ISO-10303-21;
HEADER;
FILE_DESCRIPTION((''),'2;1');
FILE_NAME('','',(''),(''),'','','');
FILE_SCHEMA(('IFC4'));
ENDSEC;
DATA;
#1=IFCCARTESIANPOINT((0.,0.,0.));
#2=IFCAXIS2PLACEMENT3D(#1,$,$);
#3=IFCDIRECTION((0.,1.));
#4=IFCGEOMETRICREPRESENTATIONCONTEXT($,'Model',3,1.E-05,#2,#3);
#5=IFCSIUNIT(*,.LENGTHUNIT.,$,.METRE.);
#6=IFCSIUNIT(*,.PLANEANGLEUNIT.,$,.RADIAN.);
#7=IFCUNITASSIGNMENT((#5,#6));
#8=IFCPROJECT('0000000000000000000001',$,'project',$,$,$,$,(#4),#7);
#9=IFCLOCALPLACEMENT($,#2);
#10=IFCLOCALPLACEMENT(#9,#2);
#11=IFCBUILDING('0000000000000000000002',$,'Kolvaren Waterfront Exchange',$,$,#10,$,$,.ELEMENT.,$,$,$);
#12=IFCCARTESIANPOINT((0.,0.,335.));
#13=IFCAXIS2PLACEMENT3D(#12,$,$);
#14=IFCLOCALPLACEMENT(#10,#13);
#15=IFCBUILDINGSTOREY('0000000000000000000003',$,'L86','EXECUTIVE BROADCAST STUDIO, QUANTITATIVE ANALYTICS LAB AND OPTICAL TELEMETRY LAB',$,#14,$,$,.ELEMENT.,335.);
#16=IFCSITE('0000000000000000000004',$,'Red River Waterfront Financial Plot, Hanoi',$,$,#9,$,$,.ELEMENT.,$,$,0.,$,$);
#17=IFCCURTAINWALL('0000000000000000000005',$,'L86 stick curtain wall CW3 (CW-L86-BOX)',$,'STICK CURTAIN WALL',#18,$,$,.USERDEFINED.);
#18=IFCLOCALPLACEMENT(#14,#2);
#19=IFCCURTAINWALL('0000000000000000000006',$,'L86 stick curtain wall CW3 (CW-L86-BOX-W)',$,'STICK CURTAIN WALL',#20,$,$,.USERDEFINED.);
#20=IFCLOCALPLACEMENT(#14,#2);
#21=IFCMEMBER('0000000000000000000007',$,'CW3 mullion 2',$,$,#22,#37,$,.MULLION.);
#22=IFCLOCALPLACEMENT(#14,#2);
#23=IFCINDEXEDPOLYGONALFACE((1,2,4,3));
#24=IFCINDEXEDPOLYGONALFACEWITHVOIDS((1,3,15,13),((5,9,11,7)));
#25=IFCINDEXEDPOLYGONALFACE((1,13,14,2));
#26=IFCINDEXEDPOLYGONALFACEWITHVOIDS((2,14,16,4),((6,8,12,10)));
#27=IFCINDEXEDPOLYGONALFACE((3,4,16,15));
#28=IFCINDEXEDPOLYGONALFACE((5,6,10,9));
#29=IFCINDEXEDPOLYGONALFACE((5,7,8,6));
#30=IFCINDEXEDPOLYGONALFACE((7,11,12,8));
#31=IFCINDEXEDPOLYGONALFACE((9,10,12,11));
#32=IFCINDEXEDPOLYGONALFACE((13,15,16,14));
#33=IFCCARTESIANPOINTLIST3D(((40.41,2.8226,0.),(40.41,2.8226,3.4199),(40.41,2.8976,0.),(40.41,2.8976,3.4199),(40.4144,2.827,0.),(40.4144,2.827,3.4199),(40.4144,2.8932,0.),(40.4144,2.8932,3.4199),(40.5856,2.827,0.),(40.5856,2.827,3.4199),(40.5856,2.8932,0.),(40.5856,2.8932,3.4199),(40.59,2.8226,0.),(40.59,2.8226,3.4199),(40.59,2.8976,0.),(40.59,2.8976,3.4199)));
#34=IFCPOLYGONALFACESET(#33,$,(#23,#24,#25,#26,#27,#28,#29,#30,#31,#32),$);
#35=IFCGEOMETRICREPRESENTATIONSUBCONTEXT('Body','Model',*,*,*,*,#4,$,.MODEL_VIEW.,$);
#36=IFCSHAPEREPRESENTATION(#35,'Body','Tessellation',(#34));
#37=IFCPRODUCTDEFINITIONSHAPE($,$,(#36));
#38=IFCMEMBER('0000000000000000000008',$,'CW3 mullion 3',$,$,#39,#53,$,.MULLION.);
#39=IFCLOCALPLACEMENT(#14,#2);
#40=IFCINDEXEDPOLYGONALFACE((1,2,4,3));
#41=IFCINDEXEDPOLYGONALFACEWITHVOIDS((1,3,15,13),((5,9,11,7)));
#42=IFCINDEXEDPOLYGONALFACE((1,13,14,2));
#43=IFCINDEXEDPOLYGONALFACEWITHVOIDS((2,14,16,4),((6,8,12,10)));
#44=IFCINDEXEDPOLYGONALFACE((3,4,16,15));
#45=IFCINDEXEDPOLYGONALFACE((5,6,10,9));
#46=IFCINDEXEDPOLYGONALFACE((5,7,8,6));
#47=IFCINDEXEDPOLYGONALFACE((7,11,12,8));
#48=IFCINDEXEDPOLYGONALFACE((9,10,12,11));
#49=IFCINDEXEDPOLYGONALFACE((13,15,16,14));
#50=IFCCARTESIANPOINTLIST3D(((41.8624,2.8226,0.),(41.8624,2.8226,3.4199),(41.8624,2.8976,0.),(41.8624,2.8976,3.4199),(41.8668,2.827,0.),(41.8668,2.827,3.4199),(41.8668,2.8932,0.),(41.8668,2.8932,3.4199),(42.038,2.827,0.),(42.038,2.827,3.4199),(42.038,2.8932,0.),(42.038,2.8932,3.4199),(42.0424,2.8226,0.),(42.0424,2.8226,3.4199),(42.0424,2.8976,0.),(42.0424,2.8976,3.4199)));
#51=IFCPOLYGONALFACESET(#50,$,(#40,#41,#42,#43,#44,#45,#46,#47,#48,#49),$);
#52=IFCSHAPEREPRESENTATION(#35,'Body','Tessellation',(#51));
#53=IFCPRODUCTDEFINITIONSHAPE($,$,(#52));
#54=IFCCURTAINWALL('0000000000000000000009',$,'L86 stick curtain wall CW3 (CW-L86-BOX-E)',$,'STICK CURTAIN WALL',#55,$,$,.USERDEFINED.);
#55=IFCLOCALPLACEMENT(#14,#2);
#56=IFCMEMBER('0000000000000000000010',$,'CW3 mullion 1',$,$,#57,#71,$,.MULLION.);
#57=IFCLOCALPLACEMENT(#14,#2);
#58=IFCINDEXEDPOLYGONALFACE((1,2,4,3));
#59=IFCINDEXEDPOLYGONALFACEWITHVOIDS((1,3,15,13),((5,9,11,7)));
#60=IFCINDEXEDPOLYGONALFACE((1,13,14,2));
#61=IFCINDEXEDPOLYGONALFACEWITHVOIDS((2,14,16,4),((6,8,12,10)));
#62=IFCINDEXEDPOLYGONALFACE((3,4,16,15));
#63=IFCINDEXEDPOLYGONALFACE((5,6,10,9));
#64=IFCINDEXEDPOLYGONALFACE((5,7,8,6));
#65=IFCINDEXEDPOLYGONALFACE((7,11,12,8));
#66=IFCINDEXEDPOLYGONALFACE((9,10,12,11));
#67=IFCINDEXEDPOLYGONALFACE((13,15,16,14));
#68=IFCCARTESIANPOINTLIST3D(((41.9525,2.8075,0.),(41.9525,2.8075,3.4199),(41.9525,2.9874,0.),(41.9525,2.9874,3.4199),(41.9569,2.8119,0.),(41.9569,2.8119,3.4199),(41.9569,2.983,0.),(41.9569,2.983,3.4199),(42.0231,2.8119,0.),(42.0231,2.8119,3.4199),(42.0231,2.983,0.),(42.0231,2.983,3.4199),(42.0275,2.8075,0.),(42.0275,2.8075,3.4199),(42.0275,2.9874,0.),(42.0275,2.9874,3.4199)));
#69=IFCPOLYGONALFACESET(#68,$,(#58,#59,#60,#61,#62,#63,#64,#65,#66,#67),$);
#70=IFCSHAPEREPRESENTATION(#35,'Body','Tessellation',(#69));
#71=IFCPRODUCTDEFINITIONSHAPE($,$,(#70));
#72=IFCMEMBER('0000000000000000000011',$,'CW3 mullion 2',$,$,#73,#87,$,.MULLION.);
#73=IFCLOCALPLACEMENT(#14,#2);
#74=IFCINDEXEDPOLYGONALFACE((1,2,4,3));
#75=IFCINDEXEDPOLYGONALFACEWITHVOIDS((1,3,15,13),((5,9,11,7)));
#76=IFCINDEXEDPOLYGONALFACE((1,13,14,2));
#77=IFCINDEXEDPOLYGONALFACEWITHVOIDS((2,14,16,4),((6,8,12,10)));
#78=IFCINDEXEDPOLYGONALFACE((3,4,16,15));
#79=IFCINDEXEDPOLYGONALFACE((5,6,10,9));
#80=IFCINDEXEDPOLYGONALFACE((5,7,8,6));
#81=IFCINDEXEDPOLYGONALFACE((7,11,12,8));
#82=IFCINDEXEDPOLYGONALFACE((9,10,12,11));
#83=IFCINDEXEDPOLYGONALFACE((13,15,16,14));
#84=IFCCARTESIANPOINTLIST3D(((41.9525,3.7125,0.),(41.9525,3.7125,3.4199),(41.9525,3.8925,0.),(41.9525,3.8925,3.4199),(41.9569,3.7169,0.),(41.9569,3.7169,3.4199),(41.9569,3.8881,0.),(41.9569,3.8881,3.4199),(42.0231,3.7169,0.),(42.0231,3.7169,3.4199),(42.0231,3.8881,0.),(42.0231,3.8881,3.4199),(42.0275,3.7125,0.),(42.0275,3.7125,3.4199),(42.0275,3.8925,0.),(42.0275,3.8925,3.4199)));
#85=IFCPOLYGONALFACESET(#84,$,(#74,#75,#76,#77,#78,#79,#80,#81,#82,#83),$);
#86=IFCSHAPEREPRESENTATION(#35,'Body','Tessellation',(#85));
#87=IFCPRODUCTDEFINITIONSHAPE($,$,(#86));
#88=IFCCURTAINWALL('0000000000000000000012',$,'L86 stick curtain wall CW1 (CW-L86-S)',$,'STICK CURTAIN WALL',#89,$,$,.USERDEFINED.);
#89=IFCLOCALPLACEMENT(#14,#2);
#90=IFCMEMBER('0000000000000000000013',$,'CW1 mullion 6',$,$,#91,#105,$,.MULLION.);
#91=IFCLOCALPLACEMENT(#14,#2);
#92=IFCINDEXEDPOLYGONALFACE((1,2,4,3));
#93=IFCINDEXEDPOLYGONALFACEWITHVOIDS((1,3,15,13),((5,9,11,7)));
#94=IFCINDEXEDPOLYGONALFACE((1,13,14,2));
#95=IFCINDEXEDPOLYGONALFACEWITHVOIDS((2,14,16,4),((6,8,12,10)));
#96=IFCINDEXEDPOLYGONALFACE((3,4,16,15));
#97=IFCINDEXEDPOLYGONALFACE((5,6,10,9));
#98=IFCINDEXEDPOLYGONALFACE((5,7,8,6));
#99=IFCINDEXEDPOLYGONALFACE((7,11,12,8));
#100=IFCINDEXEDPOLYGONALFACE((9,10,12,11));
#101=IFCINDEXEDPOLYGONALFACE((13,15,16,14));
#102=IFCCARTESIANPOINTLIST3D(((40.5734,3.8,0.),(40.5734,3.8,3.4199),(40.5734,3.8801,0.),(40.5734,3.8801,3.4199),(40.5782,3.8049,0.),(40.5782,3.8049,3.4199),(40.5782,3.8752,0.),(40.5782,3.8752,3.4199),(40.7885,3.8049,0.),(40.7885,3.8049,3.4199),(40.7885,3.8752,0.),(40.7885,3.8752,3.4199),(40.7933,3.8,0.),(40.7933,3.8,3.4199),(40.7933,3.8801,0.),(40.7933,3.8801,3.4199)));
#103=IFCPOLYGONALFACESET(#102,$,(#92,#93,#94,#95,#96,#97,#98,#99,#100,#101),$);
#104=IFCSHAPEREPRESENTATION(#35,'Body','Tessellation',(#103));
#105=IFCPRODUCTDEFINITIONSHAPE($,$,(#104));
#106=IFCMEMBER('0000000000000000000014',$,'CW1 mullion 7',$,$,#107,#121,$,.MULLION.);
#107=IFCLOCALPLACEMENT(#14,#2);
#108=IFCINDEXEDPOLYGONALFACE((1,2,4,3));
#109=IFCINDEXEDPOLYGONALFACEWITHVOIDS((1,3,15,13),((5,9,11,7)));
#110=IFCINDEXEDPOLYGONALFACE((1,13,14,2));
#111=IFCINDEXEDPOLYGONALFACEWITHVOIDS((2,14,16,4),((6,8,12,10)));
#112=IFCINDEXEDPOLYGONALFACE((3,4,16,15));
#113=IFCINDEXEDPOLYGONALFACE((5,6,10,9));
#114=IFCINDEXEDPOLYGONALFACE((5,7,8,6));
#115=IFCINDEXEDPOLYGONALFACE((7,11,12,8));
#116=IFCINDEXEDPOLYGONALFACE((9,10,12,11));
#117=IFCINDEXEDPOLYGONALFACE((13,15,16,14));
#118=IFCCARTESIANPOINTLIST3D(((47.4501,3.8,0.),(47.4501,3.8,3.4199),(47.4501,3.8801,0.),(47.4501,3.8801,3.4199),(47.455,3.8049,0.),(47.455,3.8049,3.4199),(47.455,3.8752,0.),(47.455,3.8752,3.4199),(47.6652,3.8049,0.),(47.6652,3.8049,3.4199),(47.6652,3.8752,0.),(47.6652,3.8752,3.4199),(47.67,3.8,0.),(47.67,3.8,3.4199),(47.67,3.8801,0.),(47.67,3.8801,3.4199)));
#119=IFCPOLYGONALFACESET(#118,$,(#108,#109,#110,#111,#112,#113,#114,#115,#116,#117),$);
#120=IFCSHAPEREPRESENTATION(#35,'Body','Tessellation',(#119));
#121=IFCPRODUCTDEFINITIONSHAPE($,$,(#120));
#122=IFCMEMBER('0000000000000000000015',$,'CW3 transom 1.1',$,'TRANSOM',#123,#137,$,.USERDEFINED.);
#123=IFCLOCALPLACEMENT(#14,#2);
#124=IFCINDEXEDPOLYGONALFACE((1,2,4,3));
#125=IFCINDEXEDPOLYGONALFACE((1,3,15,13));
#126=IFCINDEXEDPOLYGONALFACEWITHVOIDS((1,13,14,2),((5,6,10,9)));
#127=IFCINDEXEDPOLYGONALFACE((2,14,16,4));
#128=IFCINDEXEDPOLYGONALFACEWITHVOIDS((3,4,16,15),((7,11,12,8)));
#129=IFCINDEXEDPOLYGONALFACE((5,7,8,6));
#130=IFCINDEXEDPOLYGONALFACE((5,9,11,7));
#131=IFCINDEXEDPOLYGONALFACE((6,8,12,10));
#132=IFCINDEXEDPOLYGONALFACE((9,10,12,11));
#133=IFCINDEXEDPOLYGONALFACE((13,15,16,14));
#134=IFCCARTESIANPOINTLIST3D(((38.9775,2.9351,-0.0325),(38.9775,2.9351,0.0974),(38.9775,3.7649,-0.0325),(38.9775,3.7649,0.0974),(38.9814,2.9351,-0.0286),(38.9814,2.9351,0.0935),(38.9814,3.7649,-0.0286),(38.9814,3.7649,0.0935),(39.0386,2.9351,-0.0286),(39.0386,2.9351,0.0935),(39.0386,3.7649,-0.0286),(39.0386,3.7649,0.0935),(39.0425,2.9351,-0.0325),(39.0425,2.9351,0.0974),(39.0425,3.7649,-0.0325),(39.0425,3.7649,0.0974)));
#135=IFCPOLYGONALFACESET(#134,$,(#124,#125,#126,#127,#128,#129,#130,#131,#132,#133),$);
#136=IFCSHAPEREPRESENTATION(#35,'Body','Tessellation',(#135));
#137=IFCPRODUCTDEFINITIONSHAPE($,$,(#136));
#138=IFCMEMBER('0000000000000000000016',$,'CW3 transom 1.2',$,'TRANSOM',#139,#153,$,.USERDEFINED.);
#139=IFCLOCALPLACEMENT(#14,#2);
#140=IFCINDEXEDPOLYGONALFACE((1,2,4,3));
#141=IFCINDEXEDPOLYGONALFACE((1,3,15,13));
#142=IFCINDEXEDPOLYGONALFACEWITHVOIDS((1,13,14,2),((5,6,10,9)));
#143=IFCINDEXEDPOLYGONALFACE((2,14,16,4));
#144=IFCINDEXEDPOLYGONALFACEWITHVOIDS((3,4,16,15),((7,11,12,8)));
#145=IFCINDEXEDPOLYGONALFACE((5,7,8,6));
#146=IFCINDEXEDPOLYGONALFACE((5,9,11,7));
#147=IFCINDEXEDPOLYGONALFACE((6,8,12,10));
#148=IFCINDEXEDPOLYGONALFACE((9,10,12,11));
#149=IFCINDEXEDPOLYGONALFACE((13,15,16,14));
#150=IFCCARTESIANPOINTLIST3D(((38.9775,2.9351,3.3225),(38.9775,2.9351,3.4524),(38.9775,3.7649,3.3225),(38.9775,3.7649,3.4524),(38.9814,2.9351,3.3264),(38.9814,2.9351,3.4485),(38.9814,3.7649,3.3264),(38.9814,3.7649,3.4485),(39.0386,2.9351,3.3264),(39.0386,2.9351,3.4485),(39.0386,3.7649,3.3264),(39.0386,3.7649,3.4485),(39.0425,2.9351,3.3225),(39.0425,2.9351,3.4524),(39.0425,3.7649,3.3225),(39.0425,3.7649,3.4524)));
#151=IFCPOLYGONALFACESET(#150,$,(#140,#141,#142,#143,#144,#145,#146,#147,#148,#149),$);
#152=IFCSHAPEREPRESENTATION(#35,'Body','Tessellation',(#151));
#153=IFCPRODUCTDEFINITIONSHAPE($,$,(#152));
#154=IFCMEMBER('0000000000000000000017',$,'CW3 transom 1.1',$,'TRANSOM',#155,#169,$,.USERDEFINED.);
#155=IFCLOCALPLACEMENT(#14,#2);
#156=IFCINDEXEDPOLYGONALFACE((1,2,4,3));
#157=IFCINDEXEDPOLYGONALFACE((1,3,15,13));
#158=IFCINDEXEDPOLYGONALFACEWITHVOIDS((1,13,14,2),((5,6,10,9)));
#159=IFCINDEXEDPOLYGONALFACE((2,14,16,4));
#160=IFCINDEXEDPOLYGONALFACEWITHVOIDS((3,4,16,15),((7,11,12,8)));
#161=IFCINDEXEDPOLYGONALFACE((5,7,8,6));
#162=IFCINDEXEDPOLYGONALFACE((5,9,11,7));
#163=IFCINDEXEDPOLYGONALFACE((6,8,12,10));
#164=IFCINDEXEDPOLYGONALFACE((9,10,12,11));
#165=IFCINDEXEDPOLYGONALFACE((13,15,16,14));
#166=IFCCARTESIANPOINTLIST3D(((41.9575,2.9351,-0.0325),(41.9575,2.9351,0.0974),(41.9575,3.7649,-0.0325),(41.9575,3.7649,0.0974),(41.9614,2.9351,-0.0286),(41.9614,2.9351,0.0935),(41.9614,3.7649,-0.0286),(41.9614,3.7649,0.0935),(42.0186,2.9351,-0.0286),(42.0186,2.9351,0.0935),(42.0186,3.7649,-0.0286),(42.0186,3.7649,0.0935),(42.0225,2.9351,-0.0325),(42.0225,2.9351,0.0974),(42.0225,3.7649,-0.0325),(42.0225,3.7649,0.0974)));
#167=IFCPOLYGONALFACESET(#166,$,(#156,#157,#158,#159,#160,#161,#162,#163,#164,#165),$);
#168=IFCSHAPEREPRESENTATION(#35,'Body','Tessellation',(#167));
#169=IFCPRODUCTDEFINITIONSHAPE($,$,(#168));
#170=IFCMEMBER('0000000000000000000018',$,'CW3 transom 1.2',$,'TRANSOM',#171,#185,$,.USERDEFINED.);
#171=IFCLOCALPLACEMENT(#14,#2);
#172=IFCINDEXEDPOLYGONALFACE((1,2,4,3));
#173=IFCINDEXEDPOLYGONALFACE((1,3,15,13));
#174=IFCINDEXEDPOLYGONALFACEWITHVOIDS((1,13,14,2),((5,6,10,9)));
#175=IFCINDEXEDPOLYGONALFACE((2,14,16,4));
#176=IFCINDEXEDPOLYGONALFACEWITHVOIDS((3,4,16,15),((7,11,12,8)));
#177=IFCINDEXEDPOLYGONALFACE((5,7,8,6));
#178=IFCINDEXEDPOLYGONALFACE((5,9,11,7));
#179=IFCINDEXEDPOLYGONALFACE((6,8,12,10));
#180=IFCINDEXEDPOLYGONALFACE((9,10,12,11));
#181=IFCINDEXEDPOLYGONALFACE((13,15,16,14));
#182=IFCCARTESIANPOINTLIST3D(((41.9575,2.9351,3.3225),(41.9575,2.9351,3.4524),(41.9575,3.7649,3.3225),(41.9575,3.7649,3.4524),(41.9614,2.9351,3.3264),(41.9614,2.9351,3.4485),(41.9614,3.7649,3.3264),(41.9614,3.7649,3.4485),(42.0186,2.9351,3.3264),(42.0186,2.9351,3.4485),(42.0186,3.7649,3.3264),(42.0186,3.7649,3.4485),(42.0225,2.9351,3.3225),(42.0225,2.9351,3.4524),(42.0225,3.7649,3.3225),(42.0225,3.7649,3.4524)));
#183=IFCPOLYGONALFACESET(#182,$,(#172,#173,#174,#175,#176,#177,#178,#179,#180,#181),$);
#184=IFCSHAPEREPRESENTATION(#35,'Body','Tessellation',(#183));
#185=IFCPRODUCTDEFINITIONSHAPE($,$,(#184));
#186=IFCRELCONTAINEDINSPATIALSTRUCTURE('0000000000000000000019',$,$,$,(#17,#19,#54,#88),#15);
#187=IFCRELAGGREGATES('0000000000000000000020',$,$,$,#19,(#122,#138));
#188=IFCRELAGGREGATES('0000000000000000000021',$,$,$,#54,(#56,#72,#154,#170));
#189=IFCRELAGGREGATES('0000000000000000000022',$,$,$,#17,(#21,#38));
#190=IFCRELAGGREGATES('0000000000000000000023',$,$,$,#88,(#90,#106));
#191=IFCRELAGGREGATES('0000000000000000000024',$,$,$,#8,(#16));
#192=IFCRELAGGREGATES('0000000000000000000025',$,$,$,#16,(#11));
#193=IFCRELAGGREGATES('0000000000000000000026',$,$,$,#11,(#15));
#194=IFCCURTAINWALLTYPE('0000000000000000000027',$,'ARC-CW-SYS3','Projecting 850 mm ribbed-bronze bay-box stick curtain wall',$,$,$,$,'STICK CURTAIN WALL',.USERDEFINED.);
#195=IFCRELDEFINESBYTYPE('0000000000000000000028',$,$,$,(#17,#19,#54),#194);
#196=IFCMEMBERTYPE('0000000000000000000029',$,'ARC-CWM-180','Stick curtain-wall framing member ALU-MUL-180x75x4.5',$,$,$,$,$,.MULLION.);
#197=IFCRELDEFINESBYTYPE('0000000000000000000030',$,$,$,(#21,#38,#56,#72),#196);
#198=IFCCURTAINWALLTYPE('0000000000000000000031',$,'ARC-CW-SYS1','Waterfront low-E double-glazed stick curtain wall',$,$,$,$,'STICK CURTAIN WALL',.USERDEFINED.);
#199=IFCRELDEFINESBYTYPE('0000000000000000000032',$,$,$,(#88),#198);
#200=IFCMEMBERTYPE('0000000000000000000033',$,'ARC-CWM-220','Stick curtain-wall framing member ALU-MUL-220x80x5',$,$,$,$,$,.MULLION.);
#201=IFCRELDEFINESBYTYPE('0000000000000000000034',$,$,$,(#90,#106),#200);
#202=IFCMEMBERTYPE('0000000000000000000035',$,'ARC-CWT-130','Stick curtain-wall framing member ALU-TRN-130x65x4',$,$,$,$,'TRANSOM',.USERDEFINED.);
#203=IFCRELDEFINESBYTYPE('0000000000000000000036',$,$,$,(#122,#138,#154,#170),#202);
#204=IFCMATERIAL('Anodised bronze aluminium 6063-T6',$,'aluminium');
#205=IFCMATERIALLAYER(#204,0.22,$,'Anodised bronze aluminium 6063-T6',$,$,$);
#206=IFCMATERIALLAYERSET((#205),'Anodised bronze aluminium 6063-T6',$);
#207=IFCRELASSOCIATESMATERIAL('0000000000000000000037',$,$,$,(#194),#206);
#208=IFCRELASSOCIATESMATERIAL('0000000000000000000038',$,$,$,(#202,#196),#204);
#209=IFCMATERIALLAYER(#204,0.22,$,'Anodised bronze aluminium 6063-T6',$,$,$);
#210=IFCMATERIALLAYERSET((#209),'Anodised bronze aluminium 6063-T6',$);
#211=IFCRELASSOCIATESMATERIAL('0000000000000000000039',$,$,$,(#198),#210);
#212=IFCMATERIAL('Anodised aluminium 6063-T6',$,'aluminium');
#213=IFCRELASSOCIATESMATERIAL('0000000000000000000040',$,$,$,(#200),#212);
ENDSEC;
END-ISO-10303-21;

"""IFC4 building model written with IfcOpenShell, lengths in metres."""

from ifc_helpers import new_model, si_unit, direction, frame, origin, origin_with_axes, origin_2d, place, context, subcontext, project, spatial, hollow_rectangle, extrude, source, transform, mapped, material, layer, layer_set, material_profile, profile_set, type_object, element, aggregate, save


model = new_model("IFC4")

# Units and contexts
model_context = context("Model", 3, precision=1e-05, world=origin(), true_north=direction((0.0, 1.0)))
body_context = subcontext(model_context, "Body", "Model", "MODEL_VIEW")
ifc_project = project(units=[si_unit("LENGTHUNIT", "METRE"), si_unit("PLANEANGLEUNIT", "RADIAN")], contexts=[model_context])

# Site, building, storey
site_placement = place(None, origin())
site = spatial("IfcSite", under=ifc_project, at=site_placement, Name="Red River Waterfront Financial Plot, Hanoi", CompositionType="ELEMENT", RefElevation=0.0)
building_placement = place(site_placement, origin())
building = spatial("IfcBuilding", under=site, at=building_placement, Name="Kolvaren Waterfront Exchange", CompositionType="ELEMENT")
storey_placement = place(building_placement, frame((0.0, 0.0, 335.0)))
storey = spatial("IfcBuildingStorey", under=building, at=storey_placement, Name="L86", Description="EXECUTIVE BROADCAST STUDIO, QUANTITATIVE ANALYTICS LAB AND OPTICAL TELEMETRY LAB", CompositionType="ELEMENT", Elevation=335.0)

# Curtain walls
ifc_material_1 = material(Name="Anodised bronze aluminium 6063-T6", Category="aluminium")
ifc_layer_1 = layer(ifc_material_1, 0.22, Name="Anodised bronze aluminium 6063-T6")
ifc_layer_set_1 = layer_set([ifc_layer_1], Name="Anodised bronze aluminium 6063-T6")
curtain_wall_type_1 = type_object("IfcCurtainWallType", Name="ARC-CW-SYS3", Description="Projecting 850 mm ribbed-bronze bay-box stick curtain wall", ElementType="STICK CURTAIN WALL", PredefinedType="USERDEFINED", material=ifc_layer_set_1)
curtain_wall_1_placement = place(storey_placement, origin())
curtain_wall_1 = element("IfcCurtainWall", 1, at=curtain_wall_1_placement, inside=storey, type_object=curtain_wall_type_1, Name="L86 stick curtain wall CW3 (CW-L86-BOX)", ObjectType="STICK CURTAIN WALL", PredefinedType="USERDEFINED")
ifc_material_profile_1 = material_profile(ifc_material_1, hollow_rectangle(XDim=0.0649, YDim=0.1299, WallThickness=0.0039, at=origin_2d()), Name="ALU-TRN-130x65x4")
ifc_profile_set_1 = profile_set([ifc_material_profile_1], Name="Anodised bronze aluminium 6063-T6")
member_type_1 = type_object("IfcMemberType", Name="ARC-CWT-130", Description="Stick curtain-wall framing member ALU-TRN-130x65x4", ElementType="TRANSOM", PredefinedType="USERDEFINED", material=ifc_profile_set_1)
curtain_wall_2_placement = place(storey_placement, origin())
curtain_wall_2 = element("IfcCurtainWall", 2, at=curtain_wall_2_placement, inside=storey, type_object=curtain_wall_type_1, Name="L86 stick curtain wall CW3 (CW-L86-BOX-W)", ObjectType="STICK CURTAIN WALL", PredefinedType="USERDEFINED")
ifc_material_profile_2 = material_profile(ifc_material_1, hollow_rectangle(XDim=0.075, YDim=0.1799, WallThickness=0.0044, at=origin_2d()), Name="ALU-MUL-180x75x4.5")
ifc_profile_set_2 = profile_set([ifc_material_profile_2], Name="Anodised bronze aluminium 6063-T6")
member_type_2 = type_object("IfcMemberType", Name="ARC-CWM-180", Description="Stick curtain-wall framing member ALU-MUL-180x75x4.5", PredefinedType="MULLION", material=ifc_profile_set_2)
shared_shape_1 = source(origin_with_axes(), body_context, "Body", "SweptSolid", [
    extrude(hollow_rectangle(XDim=0.075, YDim=0.1799, WallThickness=0.0044, at=origin_2d()), origin(), (0.0, 0.0, 1.0), 3.4199),
])

# Members
member_1_placement = place(storey_placement, frame((40.5, 2.8601, 0.0), z_axis=(0.0, 0.0, 1.0), x_axis=(0.0, 1.0, 0.0)))
member_1 = element("IfcMember", 3, at=member_1_placement, type_object=member_type_2, Name="CW3 mullion 2", PredefinedType="MULLION", context=body_context, shape_type="MappedRepresentation", body=[
    mapped(shared_shape_1, transform((0.0, 0.0, 0.0), x_axis=(1.0, 0.0, 0.0), y_axis=(0.0, 1.0, 0.0), z_axis=(0.0, 0.0, 1.0), scale=1.0)),
])
member_2_placement = place(storey_placement, frame((41.9524, 2.8601, 0.0), z_axis=(0.0, 0.0, 1.0), x_axis=(0.0, 1.0, 0.0)))
member_2 = element("IfcMember", 4, at=member_2_placement, type_object=member_type_2, Name="CW3 mullion 3", PredefinedType="MULLION", context=body_context, shape_type="MappedRepresentation", body=[
    mapped(shared_shape_1, transform((0.0, 0.0, 0.0), x_axis=(1.0, 0.0, 0.0), y_axis=(0.0, 1.0, 0.0), z_axis=(0.0, 0.0, 1.0), scale=1.0)),
])

# Curtain walls, members
curtain_wall_3_placement = place(storey_placement, origin())
curtain_wall_3 = element("IfcCurtainWall", 5, at=curtain_wall_3_placement, inside=storey, type_object=curtain_wall_type_1, Name="L86 stick curtain wall CW3 (CW-L86-BOX-E)", ObjectType="STICK CURTAIN WALL", PredefinedType="USERDEFINED")
member_3_placement = place(storey_placement, frame((41.99, 2.8975, 0.0), z_axis=(0.0, 0.0, 1.0), x_axis=(-1.0, 0.0, 0.0)))
member_3 = element("IfcMember", 6, at=member_3_placement, type_object=member_type_2, Name="CW3 mullion 1", PredefinedType="MULLION", context=body_context, shape_type="MappedRepresentation", body=[
    mapped(shared_shape_1, transform((0.0, 0.0, 0.0), x_axis=(1.0, 0.0, 0.0), y_axis=(0.0, 1.0, 0.0), z_axis=(0.0, 0.0, 1.0), scale=1.0)),
])
member_4_placement = place(storey_placement, frame((41.99, 3.8025, 0.0), z_axis=(0.0, 0.0, 1.0), x_axis=(-1.0, 0.0, 0.0)))
member_4 = element("IfcMember", 7, at=member_4_placement, type_object=member_type_2, Name="CW3 mullion 2", PredefinedType="MULLION", context=body_context, shape_type="MappedRepresentation", body=[
    mapped(shared_shape_1, transform((0.0, 0.0, 0.0), x_axis=(1.0, 0.0, 0.0), y_axis=(0.0, 1.0, 0.0), z_axis=(0.0, 0.0, 1.0), scale=1.0)),
])
ifc_layer_2 = layer(ifc_material_1, 0.22, Name="Anodised bronze aluminium 6063-T6")
ifc_layer_set_2 = layer_set([ifc_layer_2], Name="Anodised bronze aluminium 6063-T6")
curtain_wall_type_2 = type_object("IfcCurtainWallType", Name="ARC-CW-SYS1", Description="Waterfront low-E double-glazed stick curtain wall", ElementType="STICK CURTAIN WALL", PredefinedType="USERDEFINED", material=ifc_layer_set_2)
curtain_wall_4_placement = place(storey_placement, origin())
curtain_wall_4 = element("IfcCurtainWall", 8, at=curtain_wall_4_placement, inside=storey, type_object=curtain_wall_type_2, Name="L86 stick curtain wall CW1 (CW-L86-S)", ObjectType="STICK CURTAIN WALL", PredefinedType="USERDEFINED")
ifc_material_2 = material(Name="Anodised aluminium 6063-T6", Category="aluminium")
ifc_material_profile_3 = material_profile(ifc_material_2, hollow_rectangle(XDim=0.0801, YDim=0.22, WallThickness=0.0049, at=origin_2d()), Name="ALU-MUL-220x80x5")
ifc_profile_set_3 = profile_set([ifc_material_profile_3], Name="Anodised aluminium 6063-T6")
member_type_3 = type_object("IfcMemberType", Name="ARC-CWM-220", Description="Stick curtain-wall framing member ALU-MUL-220x80x5", PredefinedType="MULLION", material=ifc_profile_set_3)
shared_shape_2 = source(origin_with_axes(), body_context, "Body", "SweptSolid", [
    extrude(hollow_rectangle(XDim=0.0801, YDim=0.22, WallThickness=0.0049, at=origin_2d()), origin(), (0.0, 0.0, 1.0), 3.4199),
])
member_5_placement = place(storey_placement, frame((40.6833, 3.8401, 0.0), z_axis=(0.0, 0.0, 1.0), x_axis=(0.0, 1.0, 0.0)))
member_5 = element("IfcMember", 9, at=member_5_placement, type_object=member_type_3, Name="CW1 mullion 6", PredefinedType="MULLION", context=body_context, shape_type="MappedRepresentation", body=[
    mapped(shared_shape_2, transform((0.0, 0.0, 0.0), x_axis=(1.0, 0.0, 0.0), y_axis=(0.0, 1.0, 0.0), z_axis=(0.0, 0.0, 1.0), scale=1.0)),
])
member_6_placement = place(storey_placement, frame((47.5601, 3.8401, 0.0), z_axis=(0.0, 0.0, 1.0), x_axis=(0.0, 1.0, 0.0)))
member_6 = element("IfcMember", 10, at=member_6_placement, type_object=member_type_3, Name="CW1 mullion 7", PredefinedType="MULLION", context=body_context, shape_type="MappedRepresentation", body=[
    mapped(shared_shape_2, transform((0.0, 0.0, 0.0), x_axis=(1.0, 0.0, 0.0), y_axis=(0.0, 1.0, 0.0), z_axis=(0.0, 0.0, 1.0), scale=1.0)),
])

# Members
shared_shape_3 = source(origin_with_axes(), body_context, "Body", "SweptSolid", [
    extrude(hollow_rectangle(XDim=0.0649, YDim=0.1299, WallThickness=0.0039, at=origin_2d()), origin(), (0.0, 0.0, 1.0), 0.8298),
])
member_7_placement = place(storey_placement, frame((39.01, 3.7649, 0.0325), z_axis=(0.0, -1.0, 0.0), x_axis=(1.0, 0.0, 0.0)))
member_7 = element("IfcMember", 11, at=member_7_placement, type_object=member_type_1, Name="CW3 transom 1.1", ObjectType="TRANSOM", PredefinedType="USERDEFINED", context=body_context, shape_type="MappedRepresentation", body=[
    mapped(shared_shape_3, transform((0.0, 0.0, 0.0), x_axis=(1.0, 0.0, 0.0), y_axis=(0.0, 1.0, 0.0), z_axis=(0.0, 0.0, 1.0), scale=1.0)),
])
member_8_placement = place(storey_placement, frame((39.01, 3.7649, 3.3875), z_axis=(0.0, -1.0, 0.0), x_axis=(1.0, 0.0, 0.0)))
member_8 = element("IfcMember", 12, at=member_8_placement, type_object=member_type_1, Name="CW3 transom 1.2", ObjectType="TRANSOM", PredefinedType="USERDEFINED", context=body_context, shape_type="MappedRepresentation", body=[
    mapped(shared_shape_3, transform((0.0, 0.0, 0.0), x_axis=(1.0, 0.0, 0.0), y_axis=(0.0, 1.0, 0.0), z_axis=(0.0, 0.0, 1.0), scale=1.0)),
])
member_9_placement = place(storey_placement, frame((41.99, 2.9351, 0.0325), z_axis=(0.0, 1.0, 0.0), x_axis=(-1.0, 0.0, 0.0)))
member_9 = element("IfcMember", 13, at=member_9_placement, type_object=member_type_1, Name="CW3 transom 1.1", ObjectType="TRANSOM", PredefinedType="USERDEFINED", context=body_context, shape_type="MappedRepresentation", body=[
    mapped(shared_shape_3, transform((0.0, 0.0, 0.0), x_axis=(1.0, 0.0, 0.0), y_axis=(0.0, 1.0, 0.0), z_axis=(0.0, 0.0, 1.0), scale=1.0)),
])
member_10_placement = place(storey_placement, frame((41.99, 2.9351, 3.3875), z_axis=(0.0, 1.0, 0.0), x_axis=(-1.0, 0.0, 0.0)))
member_10 = element("IfcMember", 14, at=member_10_placement, type_object=member_type_1, Name="CW3 transom 1.2", ObjectType="TRANSOM", PredefinedType="USERDEFINED", context=body_context, shape_type="MappedRepresentation", body=[
    mapped(shared_shape_3, transform((0.0, 0.0, 0.0), x_axis=(1.0, 0.0, 0.0), y_axis=(0.0, 1.0, 0.0), z_axis=(0.0, 0.0, 1.0), scale=1.0)),
])

aggregate(curtain_wall_2, [member_7, member_8])
aggregate(curtain_wall_3, [member_3, member_4, member_9, member_10])
aggregate(curtain_wall_1, [member_1, member_2])
aggregate(curtain_wall_4, [member_5, member_6])

save(model, "model.ifc")
